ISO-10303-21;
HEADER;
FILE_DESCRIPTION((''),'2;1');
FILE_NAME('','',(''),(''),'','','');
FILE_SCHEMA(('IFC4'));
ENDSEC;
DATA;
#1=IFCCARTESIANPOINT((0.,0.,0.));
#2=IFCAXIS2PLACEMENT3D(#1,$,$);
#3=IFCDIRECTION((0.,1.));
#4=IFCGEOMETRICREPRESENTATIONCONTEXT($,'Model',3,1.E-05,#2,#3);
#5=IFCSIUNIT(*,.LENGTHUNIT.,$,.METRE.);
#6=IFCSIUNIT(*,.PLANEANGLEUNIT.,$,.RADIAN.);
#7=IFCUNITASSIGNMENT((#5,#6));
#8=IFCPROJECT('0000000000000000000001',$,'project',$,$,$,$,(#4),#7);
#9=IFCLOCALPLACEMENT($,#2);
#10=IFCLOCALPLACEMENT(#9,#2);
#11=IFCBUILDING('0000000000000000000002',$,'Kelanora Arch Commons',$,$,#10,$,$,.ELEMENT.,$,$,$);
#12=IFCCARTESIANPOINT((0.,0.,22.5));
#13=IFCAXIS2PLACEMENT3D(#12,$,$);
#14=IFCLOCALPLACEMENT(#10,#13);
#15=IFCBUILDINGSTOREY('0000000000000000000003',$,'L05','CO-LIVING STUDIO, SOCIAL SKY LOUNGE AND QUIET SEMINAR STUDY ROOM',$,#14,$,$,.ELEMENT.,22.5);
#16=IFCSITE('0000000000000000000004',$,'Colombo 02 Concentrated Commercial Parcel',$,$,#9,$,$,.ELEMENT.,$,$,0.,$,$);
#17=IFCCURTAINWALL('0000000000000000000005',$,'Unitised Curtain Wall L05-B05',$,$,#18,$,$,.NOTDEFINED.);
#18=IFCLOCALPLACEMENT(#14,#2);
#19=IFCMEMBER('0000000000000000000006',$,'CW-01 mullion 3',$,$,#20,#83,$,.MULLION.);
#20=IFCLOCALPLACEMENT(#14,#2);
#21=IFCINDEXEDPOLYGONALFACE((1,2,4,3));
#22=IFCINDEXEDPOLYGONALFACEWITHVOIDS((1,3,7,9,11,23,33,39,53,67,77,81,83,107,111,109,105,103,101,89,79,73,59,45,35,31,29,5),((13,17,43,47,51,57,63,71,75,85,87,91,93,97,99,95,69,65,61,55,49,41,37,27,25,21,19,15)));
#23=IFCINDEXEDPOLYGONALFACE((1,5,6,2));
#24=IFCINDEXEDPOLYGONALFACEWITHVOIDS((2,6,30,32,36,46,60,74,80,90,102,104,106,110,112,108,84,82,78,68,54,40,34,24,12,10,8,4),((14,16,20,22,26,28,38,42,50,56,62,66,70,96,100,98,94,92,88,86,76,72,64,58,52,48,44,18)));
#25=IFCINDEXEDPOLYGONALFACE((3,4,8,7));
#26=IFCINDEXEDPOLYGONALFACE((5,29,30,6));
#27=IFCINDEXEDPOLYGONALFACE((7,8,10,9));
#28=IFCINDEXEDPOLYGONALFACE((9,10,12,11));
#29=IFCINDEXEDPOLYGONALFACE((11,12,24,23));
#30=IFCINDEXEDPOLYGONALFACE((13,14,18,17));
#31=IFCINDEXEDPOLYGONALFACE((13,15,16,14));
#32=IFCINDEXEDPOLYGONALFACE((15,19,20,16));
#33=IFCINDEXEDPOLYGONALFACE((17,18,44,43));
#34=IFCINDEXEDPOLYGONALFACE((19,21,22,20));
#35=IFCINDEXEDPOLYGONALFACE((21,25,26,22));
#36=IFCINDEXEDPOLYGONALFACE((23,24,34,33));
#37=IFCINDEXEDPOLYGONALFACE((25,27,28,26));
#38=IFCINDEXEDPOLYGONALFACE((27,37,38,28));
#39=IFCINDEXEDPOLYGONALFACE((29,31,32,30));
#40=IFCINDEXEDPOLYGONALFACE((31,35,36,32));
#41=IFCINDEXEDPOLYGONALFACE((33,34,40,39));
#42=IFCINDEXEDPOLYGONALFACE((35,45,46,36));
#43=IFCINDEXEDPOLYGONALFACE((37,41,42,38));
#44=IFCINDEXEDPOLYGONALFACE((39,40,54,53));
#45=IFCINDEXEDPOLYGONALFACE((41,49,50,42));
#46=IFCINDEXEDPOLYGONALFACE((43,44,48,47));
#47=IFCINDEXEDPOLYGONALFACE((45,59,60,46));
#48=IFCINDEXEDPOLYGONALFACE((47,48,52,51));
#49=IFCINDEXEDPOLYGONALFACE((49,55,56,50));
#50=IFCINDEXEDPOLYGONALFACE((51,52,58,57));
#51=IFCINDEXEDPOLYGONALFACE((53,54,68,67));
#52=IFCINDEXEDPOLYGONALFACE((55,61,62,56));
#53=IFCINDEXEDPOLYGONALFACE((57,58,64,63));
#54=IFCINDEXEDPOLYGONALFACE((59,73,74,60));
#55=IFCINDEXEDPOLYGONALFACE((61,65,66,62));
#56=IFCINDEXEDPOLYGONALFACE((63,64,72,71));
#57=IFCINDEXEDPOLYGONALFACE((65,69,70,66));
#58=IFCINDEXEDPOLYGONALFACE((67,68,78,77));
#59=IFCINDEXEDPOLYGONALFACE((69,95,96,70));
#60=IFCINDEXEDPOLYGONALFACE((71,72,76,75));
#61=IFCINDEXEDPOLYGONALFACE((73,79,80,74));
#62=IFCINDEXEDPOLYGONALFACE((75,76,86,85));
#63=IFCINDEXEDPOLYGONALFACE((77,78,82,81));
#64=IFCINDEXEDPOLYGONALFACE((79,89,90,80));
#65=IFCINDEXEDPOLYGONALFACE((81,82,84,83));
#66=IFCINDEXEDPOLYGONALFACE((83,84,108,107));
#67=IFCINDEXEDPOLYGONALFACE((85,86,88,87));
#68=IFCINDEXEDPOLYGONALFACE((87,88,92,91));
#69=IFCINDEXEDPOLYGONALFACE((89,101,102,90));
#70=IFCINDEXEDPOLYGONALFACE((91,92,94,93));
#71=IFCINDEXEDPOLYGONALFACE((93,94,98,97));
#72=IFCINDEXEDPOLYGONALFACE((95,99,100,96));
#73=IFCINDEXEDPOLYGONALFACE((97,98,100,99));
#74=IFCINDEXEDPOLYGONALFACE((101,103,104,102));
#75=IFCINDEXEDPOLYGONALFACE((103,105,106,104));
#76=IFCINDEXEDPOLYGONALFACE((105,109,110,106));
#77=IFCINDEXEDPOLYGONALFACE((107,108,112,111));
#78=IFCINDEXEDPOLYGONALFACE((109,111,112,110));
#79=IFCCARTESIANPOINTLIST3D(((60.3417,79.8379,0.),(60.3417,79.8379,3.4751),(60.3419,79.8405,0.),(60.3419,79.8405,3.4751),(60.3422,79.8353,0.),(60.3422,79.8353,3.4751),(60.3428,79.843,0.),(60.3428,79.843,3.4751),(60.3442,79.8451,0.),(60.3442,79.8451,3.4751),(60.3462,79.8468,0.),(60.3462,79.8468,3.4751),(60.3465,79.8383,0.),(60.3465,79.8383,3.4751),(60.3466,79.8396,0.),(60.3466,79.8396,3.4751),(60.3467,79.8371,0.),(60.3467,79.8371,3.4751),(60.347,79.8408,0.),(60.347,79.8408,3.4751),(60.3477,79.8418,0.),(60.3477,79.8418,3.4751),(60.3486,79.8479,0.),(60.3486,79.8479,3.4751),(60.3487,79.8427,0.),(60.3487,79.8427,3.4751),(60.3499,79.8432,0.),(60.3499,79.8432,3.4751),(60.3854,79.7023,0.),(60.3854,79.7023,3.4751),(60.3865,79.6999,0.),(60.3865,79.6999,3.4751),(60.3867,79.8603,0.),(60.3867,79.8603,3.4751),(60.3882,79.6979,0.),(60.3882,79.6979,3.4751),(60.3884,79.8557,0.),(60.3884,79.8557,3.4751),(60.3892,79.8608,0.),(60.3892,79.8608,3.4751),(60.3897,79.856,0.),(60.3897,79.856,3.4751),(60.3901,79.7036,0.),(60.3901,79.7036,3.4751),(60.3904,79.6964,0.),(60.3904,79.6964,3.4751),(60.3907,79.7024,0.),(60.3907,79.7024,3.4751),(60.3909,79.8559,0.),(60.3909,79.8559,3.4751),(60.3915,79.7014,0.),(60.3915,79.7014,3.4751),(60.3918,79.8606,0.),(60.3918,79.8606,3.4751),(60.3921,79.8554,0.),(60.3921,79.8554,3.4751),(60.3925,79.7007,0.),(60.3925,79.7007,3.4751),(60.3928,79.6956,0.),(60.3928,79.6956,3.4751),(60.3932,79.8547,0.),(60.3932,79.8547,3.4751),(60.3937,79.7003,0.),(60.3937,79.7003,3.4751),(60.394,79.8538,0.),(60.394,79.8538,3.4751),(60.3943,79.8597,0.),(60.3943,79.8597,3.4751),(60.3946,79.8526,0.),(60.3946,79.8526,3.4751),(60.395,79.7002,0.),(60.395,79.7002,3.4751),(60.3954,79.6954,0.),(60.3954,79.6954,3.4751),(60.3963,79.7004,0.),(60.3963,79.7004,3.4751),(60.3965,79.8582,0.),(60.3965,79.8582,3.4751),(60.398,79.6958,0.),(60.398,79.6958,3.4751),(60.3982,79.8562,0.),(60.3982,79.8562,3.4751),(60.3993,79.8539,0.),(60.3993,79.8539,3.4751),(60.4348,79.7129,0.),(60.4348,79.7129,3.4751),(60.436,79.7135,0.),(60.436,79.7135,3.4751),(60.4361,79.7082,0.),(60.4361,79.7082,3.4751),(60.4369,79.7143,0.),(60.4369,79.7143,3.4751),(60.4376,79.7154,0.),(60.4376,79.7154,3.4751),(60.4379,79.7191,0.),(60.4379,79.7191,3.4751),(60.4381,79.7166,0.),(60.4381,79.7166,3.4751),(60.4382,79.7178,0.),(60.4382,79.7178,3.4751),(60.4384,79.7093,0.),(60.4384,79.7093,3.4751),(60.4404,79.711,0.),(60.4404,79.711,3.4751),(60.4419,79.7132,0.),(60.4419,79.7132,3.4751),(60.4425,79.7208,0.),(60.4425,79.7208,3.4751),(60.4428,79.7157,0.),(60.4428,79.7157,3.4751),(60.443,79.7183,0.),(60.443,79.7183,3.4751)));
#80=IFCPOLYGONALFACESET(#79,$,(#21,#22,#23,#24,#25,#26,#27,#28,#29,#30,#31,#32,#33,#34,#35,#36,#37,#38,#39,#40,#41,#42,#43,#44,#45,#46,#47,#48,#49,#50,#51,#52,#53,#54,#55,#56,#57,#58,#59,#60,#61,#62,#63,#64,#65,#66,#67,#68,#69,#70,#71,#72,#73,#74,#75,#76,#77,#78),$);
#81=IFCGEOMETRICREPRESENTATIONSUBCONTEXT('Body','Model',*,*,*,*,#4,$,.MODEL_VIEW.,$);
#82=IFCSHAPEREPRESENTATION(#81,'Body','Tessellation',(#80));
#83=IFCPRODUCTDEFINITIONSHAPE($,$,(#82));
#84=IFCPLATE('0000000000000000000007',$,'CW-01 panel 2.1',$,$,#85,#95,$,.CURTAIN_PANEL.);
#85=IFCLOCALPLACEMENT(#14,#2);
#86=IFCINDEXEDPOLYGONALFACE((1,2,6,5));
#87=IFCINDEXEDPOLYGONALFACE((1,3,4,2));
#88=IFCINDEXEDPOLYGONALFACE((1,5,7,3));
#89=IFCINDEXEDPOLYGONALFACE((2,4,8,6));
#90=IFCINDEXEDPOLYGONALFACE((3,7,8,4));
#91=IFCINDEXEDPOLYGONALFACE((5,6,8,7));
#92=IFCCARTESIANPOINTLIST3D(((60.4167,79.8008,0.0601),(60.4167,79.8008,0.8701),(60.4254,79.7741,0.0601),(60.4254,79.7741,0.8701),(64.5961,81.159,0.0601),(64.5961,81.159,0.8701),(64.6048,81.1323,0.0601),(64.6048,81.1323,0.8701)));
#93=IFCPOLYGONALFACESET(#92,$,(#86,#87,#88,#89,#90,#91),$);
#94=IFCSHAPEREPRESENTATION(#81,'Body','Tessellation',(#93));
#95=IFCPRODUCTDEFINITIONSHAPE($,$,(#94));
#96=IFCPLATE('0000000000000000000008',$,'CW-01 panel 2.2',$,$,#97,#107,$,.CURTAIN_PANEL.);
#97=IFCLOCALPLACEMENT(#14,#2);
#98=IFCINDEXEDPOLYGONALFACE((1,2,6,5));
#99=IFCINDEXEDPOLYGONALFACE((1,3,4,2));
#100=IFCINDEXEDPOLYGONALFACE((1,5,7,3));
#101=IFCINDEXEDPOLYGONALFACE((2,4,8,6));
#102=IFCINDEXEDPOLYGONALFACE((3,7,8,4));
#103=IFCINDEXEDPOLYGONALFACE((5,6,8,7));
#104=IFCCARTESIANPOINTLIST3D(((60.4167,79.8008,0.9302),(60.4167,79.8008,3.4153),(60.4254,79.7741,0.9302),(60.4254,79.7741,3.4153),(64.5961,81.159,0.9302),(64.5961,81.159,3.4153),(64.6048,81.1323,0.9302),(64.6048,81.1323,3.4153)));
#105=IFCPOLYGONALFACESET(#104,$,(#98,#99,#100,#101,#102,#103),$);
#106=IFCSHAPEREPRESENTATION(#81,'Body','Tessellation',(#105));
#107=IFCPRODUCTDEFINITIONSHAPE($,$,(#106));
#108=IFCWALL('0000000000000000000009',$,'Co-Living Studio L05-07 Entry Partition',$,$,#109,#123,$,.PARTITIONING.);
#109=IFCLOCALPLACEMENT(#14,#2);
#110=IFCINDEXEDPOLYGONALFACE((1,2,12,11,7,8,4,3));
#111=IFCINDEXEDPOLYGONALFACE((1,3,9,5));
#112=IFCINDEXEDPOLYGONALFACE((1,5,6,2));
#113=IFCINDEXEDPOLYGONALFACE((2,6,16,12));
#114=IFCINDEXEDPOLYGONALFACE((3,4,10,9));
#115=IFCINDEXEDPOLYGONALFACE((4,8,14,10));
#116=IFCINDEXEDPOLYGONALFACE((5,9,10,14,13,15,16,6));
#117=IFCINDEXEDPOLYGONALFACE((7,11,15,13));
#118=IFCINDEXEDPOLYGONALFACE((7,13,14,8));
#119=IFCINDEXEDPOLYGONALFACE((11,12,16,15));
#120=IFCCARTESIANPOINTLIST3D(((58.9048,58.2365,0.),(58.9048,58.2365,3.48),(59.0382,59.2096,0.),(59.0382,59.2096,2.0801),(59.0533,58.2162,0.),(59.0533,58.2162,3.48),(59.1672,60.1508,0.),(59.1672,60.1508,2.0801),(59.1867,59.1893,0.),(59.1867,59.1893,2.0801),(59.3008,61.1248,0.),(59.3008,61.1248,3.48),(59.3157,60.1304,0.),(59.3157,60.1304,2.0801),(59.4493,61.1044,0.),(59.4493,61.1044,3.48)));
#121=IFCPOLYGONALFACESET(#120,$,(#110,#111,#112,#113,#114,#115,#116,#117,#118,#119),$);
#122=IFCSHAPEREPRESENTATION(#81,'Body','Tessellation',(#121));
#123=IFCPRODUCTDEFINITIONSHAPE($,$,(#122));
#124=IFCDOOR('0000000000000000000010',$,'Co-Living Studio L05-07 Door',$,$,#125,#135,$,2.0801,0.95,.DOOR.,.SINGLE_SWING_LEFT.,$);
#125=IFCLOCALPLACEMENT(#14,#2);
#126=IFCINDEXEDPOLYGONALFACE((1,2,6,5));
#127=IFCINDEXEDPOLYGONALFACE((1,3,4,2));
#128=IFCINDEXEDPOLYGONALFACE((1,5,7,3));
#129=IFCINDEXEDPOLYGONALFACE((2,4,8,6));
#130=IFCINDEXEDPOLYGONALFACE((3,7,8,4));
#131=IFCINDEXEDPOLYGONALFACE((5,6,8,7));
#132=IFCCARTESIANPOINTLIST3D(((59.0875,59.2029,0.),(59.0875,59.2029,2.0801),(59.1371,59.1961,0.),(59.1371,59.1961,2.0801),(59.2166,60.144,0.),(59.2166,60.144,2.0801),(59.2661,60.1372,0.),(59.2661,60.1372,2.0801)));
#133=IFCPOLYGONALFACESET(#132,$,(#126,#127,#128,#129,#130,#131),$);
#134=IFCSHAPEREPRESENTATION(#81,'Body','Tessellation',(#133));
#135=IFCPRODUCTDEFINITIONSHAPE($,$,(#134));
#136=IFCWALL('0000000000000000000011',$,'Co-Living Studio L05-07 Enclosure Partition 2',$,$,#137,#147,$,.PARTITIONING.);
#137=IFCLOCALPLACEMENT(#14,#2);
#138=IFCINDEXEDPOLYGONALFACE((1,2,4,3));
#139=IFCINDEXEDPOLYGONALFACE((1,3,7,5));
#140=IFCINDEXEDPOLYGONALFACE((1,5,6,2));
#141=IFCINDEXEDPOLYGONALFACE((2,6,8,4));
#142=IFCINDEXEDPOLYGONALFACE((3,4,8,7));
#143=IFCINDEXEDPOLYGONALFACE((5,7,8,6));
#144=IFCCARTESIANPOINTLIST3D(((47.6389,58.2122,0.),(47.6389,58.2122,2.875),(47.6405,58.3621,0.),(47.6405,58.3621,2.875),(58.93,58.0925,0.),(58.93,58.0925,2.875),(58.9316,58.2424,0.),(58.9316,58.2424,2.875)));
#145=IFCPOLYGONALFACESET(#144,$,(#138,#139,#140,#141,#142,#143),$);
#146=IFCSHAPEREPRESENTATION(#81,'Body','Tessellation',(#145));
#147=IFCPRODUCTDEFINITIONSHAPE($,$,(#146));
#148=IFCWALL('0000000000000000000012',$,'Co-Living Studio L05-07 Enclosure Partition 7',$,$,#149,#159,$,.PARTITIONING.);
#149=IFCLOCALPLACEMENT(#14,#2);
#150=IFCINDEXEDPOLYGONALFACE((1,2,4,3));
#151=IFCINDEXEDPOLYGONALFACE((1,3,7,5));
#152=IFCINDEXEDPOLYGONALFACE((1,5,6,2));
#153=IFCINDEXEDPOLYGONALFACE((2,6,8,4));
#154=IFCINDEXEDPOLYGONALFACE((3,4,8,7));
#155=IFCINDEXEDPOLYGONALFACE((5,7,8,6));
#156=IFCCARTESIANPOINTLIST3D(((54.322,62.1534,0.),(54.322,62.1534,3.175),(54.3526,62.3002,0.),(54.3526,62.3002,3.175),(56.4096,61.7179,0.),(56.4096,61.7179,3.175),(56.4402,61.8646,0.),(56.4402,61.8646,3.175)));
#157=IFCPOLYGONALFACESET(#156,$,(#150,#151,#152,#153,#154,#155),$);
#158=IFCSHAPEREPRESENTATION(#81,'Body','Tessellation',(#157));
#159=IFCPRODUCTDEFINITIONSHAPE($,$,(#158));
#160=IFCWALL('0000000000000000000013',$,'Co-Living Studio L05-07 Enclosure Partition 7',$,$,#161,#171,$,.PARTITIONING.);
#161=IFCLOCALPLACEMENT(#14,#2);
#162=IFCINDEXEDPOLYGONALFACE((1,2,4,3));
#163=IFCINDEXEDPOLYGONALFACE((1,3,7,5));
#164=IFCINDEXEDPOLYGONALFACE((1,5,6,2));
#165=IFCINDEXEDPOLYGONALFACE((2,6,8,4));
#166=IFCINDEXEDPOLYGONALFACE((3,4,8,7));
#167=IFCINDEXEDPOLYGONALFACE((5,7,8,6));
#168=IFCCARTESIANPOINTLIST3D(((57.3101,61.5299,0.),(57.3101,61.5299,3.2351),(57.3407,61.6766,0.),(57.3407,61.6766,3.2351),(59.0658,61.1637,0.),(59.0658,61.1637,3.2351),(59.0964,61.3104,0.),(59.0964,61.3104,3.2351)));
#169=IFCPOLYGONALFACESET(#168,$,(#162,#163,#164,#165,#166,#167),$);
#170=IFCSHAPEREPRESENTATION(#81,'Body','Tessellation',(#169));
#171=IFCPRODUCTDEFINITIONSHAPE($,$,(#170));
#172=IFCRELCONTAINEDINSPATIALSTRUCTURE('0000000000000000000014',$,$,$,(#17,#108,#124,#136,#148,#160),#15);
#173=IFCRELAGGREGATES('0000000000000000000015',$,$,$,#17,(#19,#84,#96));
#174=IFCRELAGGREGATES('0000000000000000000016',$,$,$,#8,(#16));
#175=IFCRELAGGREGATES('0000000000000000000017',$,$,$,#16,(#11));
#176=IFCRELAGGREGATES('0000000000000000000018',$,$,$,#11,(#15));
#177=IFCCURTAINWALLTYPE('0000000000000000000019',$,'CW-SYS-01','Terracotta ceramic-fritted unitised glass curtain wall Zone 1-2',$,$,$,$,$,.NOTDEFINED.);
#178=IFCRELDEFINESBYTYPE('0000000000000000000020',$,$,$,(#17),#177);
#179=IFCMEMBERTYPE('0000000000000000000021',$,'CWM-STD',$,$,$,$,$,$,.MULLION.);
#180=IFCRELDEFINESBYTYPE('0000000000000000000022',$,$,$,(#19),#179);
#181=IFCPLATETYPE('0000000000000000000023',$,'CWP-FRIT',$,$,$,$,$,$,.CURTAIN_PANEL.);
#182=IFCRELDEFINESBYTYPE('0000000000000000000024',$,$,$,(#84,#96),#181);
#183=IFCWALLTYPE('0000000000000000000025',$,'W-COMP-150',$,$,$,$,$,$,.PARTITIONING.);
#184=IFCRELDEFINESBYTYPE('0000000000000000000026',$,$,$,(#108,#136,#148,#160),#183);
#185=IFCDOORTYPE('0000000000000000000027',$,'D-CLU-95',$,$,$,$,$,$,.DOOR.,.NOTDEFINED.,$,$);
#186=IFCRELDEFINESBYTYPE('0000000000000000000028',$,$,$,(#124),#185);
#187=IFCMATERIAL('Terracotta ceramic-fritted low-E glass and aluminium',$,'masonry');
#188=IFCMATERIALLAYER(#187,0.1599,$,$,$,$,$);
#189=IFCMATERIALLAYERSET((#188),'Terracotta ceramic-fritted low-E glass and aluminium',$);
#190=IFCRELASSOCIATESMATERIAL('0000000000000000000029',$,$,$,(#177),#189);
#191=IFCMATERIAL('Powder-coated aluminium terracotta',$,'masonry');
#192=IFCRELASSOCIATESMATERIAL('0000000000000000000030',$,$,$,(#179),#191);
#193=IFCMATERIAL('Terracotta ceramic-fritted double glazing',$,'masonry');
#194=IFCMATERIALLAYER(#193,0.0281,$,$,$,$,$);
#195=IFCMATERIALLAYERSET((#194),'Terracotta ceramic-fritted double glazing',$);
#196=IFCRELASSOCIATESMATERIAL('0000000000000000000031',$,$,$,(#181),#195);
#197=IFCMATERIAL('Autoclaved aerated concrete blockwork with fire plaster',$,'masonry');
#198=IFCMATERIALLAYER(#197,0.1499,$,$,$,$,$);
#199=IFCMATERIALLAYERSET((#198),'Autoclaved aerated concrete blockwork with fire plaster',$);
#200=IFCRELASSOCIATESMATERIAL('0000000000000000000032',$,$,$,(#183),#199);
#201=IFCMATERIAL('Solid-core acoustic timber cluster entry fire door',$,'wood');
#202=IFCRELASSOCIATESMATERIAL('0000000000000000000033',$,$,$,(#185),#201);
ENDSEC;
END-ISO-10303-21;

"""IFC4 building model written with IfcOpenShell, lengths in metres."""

from ifc_helpers import new_model, si_unit, direction, frame, frame_2d, origin, origin_2d, place, context, subcontext, project, spatial, rectangle, hollow_rectangle, extrude, source, transform, mapped, material, layer, layer_set, material_profile, profile_set, type_object, element, fill, aggregate, save


model = new_model("IFC4")

# Units and contexts
model_context = context("Model", 3, precision=1e-05, world=origin(), true_north=direction((0.0, 1.0)))
body_context = subcontext(model_context, "Body", "Model", "MODEL_VIEW")
ifc_project = project(units=[si_unit("LENGTHUNIT", "METRE"), si_unit("PLANEANGLEUNIT", "RADIAN")], contexts=[model_context])

# Site, building, storey
site_placement = place(None, origin())
site = spatial("IfcSite", under=ifc_project, at=site_placement, Name="Colombo 02 Concentrated Commercial Parcel", CompositionType="ELEMENT", RefElevation=0.0)
building_placement = place(site_placement, origin())
building = spatial("IfcBuilding", under=site, at=building_placement, Name="Kelanora Arch Commons", CompositionType="ELEMENT")
storey_placement = place(building_placement, frame((0.0, 0.0, 22.5)))
storey = spatial("IfcBuildingStorey", under=building, at=storey_placement, Name="L05", Description="CO-LIVING STUDIO, SOCIAL SKY LOUNGE AND QUIET SEMINAR STUDY ROOM", CompositionType="ELEMENT", Elevation=22.5)

# Curtain wall, member, plates
ifc_material_1 = material(Name="Terracotta ceramic-fritted low-E glass and aluminium", Category="masonry")
ifc_layer_1 = layer(ifc_material_1, 0.1599)
ifc_layer_set_1 = layer_set([ifc_layer_1], Name="Terracotta ceramic-fritted low-E glass and aluminium")
curtain_wall_type = type_object("IfcCurtainWallType", Name="CW-SYS-01", Description="Terracotta ceramic-fritted unitised glass curtain wall Zone 1-2", PredefinedType="NOTDEFINED", material=ifc_layer_set_1)
curtain_wall_placement = place(storey_placement, origin())
curtain_wall = element("IfcCurtainWall", 1, at=curtain_wall_placement, inside=storey, type_object=curtain_wall_type, Name="Unitised Curtain Wall L05-B05", PredefinedType="NOTDEFINED")
ifc_material_2 = material(Name="Powder-coated aluminium terracotta", Category="masonry")
ifc_material_profile_1 = material_profile(ifc_material_2, hollow_rectangle(XDim=0.1599, YDim=0.0601, WallThickness=0.0049, InnerFilletRadius=0.0049, OuterFilletRadius=0.01, at=origin_2d()), Name="CWM160x60")
ifc_profile_set_1 = profile_set([ifc_material_profile_1], Name="Powder-coated aluminium terracotta")
member_type = type_object("IfcMemberType", Name="CWM-STD", PredefinedType="MULLION", material=ifc_profile_set_1)
member_placement = place(storey_placement, frame((60.3923, 79.7781, 0.0), z_axis=(0.0, 0.0, 1.0), x_axis=(0.309058, -0.951043, 0.0)))
member = element("IfcMember", 2, at=member_placement, type_object=member_type, Name="CW-01 mullion 3", PredefinedType="MULLION", context=body_context, shape_type="SweptSolid", body=[
    extrude(hollow_rectangle(XDim=0.1599, YDim=0.0601, WallThickness=0.0049, InnerFilletRadius=0.0049, OuterFilletRadius=0.01, at=origin_2d()), origin(), (0.0, 0.0, 1.0), 3.4751),
])
ifc_material_3 = material(Name="Terracotta ceramic-fritted double glazing", Category="masonry")
ifc_layer_2 = layer(ifc_material_3, 0.0281)
ifc_layer_set_2 = layer_set([ifc_layer_2], Name="Terracotta ceramic-fritted double glazing")
plate_type = type_object("IfcPlateType", Name="CWP-FRIT", PredefinedType="CURTAIN_PANEL", material=ifc_layer_set_2)
shared_shape_1 = source(origin(), body_context, "Body", "SweptSolid", [
    extrude(rectangle(XDim=4.3945, YDim=0.0281, at=origin_2d()), origin(), (0.0, 0.0, 1.0), 0.8101),
])
plate_1_placement = place(storey_placement, frame((62.5107, 80.4666, 0.0601), z_axis=(0.0, 0.0, 1.0), x_axis=(-0.951043, -0.309058, 0.0)))
plate_1 = element("IfcPlate", 3, at=plate_1_placement, type_object=plate_type, Name="CW-01 panel 2.1", PredefinedType="CURTAIN_PANEL", context=body_context, shape_type="MappedRepresentation", body=[
    mapped(shared_shape_1, transform((0.0, 0.0, 0.0), scale=1.0)),
])
shared_shape_2 = source(origin(), body_context, "Body", "SweptSolid", [
    extrude(rectangle(XDim=4.3945, YDim=0.0281, at=origin_2d()), origin(), (0.0, 0.0, 1.0), 2.4851),
])
plate_2_placement = place(storey_placement, frame((62.5107, 80.4666, 0.9302), z_axis=(0.0, 0.0, 1.0), x_axis=(-0.951043, -0.309058, 0.0)))
plate_2 = element("IfcPlate", 4, at=plate_2_placement, type_object=plate_type, Name="CW-01 panel 2.2", PredefinedType="CURTAIN_PANEL", context=body_context, shape_type="MappedRepresentation", body=[
    mapped(shared_shape_2, transform((0.0, 0.0, 0.0), scale=1.0)),
])
aggregate(curtain_wall, [member, plate_1, plate_2])

# Wall, opening, door
ifc_material_4 = material(Name="Autoclaved aerated concrete blockwork with fire plaster", Category="masonry")
ifc_layer_3 = layer(ifc_material_4, 0.1499)
ifc_layer_set_3 = layer_set([ifc_layer_3], Name="Autoclaved aerated concrete blockwork with fire plaster")
wall_type_1 = type_object("IfcWallType", Name="W-COMP-150", PredefinedType="PARTITIONING", material=ifc_layer_set_3)
wall_1_placement = place(storey_placement, frame((59.375, 61.1145, 0.0), z_axis=(0.0, 0.0, 1.0), x_axis=(-0.135838, -0.990731, 0.0)))
wall_1 = element("IfcWall", 5, at=wall_1_placement, inside=storey, type_object=wall_type_1, Name="Co-Living Studio L05-07 Entry Partition", PredefinedType="PARTITIONING", context=body_context, shape_type="SweptSolid", body=[
    extrude(rectangle(XDim=2.9153, YDim=0.1499, at=frame_2d((1.4575, 0.0))), origin(), (0.0, 0.0, 1.0), 3.48),
])
opening_1_placement = place(wall_1_placement, frame((0.9829, 0.0, 0.0)))
opening_1 = element("IfcOpeningElement", 6, at=opening_1_placement, cuts=wall_1, PredefinedType="OPENING", context=body_context, shape_type="SweptSolid", body=[
    extrude(rectangle(XDim=0.95, YDim=2.0801, at=frame_2d((0.4751, 1.04))), frame((0.0, 0.085, 0.0), z_axis=(0.0, -1.0, 0.0), x_axis=(1.0, 0.0, 0.0)), (0.0, 0.0, 1.0), 0.1699),
])
ifc_material_5 = material(Name="Solid-core acoustic timber cluster entry fire door", Category="wood")
door_type_1 = type_object("IfcDoorType", Name="D-CLU-95", OperationType="NOTDEFINED", PredefinedType="DOOR", material=ifc_material_5)
door_1_placement = place(opening_1_placement, origin())
door_1 = element("IfcDoor", 7, at=door_1_placement, inside=storey, type_object=door_type_1, Name="Co-Living Studio L05-07 Door", OperationType="SINGLE_SWING_LEFT", OverallHeight=2.0801, OverallWidth=0.95, PredefinedType="DOOR", context=body_context, shape_type="SweptSolid", body=[
    extrude(rectangle(XDim=0.95, YDim=2.0801, at=frame_2d((0.4751, 1.04))), frame((0.0, 0.0249, 0.0), z_axis=(0.0, -1.0, 0.0), x_axis=(1.0, 0.0, 0.0)), (0.0, 0.0, 1.0), 0.05),
])
fill(opening_1, door_1)

# Walls
wall_2_placement = place(storey_placement, frame((58.9309, 58.1675, 0.0), z_axis=(0.0, 0.0, 1.0), x_axis=(-0.999944, 0.010594, 0.0)))
element("IfcWall", 8, at=wall_2_placement, inside=storey, type_object=wall_type_1, Name="Co-Living Studio L05-07 Enclosure Partition 2", PredefinedType="PARTITIONING", context=body_context, shape_type="SweptSolid", body=[
    extrude(rectangle(XDim=11.2917, YDim=0.1499, at=frame_2d((5.646, 0.0))), origin(), (0.0, 0.0, 1.0), 2.875),
])
wall_3_placement = place(storey_placement, frame((54.3372, 62.2268, 0.0), z_axis=(0.0, 0.0, 1.0), x_axis=(0.978922, -0.204233, 0.0)))
element("IfcWall", 9, at=wall_3_placement, inside=storey, type_object=wall_type_1, Name="Co-Living Studio L05-07 Enclosure Partition 7", PredefinedType="PARTITIONING", context=body_context, shape_type="SweptSolid", body=[
    extrude(rectangle(XDim=2.1326, YDim=0.1499, at=frame_2d((1.0664, 0.0))), origin(), (0.0, 0.0, 1.0), 3.175),
])
wall_4_placement = place(storey_placement, frame((57.3254, 61.6033, 0.0), z_axis=(0.0, 0.0, 1.0), x_axis=(0.978929, -0.204199, 0.0)))
element("IfcWall", 10, at=wall_4_placement, inside=storey, type_object=wall_type_1, Name="Co-Living Studio L05-07 Enclosure Partition 7", PredefinedType="PARTITIONING", context=body_context, shape_type="SweptSolid", body=[
    extrude(rectangle(XDim=1.7935, YDim=0.1499, at=frame_2d((0.8967, 0.0))), origin(), (0.0, 0.0, 1.0), 3.2351),
])

save(model, "model.ifc")
